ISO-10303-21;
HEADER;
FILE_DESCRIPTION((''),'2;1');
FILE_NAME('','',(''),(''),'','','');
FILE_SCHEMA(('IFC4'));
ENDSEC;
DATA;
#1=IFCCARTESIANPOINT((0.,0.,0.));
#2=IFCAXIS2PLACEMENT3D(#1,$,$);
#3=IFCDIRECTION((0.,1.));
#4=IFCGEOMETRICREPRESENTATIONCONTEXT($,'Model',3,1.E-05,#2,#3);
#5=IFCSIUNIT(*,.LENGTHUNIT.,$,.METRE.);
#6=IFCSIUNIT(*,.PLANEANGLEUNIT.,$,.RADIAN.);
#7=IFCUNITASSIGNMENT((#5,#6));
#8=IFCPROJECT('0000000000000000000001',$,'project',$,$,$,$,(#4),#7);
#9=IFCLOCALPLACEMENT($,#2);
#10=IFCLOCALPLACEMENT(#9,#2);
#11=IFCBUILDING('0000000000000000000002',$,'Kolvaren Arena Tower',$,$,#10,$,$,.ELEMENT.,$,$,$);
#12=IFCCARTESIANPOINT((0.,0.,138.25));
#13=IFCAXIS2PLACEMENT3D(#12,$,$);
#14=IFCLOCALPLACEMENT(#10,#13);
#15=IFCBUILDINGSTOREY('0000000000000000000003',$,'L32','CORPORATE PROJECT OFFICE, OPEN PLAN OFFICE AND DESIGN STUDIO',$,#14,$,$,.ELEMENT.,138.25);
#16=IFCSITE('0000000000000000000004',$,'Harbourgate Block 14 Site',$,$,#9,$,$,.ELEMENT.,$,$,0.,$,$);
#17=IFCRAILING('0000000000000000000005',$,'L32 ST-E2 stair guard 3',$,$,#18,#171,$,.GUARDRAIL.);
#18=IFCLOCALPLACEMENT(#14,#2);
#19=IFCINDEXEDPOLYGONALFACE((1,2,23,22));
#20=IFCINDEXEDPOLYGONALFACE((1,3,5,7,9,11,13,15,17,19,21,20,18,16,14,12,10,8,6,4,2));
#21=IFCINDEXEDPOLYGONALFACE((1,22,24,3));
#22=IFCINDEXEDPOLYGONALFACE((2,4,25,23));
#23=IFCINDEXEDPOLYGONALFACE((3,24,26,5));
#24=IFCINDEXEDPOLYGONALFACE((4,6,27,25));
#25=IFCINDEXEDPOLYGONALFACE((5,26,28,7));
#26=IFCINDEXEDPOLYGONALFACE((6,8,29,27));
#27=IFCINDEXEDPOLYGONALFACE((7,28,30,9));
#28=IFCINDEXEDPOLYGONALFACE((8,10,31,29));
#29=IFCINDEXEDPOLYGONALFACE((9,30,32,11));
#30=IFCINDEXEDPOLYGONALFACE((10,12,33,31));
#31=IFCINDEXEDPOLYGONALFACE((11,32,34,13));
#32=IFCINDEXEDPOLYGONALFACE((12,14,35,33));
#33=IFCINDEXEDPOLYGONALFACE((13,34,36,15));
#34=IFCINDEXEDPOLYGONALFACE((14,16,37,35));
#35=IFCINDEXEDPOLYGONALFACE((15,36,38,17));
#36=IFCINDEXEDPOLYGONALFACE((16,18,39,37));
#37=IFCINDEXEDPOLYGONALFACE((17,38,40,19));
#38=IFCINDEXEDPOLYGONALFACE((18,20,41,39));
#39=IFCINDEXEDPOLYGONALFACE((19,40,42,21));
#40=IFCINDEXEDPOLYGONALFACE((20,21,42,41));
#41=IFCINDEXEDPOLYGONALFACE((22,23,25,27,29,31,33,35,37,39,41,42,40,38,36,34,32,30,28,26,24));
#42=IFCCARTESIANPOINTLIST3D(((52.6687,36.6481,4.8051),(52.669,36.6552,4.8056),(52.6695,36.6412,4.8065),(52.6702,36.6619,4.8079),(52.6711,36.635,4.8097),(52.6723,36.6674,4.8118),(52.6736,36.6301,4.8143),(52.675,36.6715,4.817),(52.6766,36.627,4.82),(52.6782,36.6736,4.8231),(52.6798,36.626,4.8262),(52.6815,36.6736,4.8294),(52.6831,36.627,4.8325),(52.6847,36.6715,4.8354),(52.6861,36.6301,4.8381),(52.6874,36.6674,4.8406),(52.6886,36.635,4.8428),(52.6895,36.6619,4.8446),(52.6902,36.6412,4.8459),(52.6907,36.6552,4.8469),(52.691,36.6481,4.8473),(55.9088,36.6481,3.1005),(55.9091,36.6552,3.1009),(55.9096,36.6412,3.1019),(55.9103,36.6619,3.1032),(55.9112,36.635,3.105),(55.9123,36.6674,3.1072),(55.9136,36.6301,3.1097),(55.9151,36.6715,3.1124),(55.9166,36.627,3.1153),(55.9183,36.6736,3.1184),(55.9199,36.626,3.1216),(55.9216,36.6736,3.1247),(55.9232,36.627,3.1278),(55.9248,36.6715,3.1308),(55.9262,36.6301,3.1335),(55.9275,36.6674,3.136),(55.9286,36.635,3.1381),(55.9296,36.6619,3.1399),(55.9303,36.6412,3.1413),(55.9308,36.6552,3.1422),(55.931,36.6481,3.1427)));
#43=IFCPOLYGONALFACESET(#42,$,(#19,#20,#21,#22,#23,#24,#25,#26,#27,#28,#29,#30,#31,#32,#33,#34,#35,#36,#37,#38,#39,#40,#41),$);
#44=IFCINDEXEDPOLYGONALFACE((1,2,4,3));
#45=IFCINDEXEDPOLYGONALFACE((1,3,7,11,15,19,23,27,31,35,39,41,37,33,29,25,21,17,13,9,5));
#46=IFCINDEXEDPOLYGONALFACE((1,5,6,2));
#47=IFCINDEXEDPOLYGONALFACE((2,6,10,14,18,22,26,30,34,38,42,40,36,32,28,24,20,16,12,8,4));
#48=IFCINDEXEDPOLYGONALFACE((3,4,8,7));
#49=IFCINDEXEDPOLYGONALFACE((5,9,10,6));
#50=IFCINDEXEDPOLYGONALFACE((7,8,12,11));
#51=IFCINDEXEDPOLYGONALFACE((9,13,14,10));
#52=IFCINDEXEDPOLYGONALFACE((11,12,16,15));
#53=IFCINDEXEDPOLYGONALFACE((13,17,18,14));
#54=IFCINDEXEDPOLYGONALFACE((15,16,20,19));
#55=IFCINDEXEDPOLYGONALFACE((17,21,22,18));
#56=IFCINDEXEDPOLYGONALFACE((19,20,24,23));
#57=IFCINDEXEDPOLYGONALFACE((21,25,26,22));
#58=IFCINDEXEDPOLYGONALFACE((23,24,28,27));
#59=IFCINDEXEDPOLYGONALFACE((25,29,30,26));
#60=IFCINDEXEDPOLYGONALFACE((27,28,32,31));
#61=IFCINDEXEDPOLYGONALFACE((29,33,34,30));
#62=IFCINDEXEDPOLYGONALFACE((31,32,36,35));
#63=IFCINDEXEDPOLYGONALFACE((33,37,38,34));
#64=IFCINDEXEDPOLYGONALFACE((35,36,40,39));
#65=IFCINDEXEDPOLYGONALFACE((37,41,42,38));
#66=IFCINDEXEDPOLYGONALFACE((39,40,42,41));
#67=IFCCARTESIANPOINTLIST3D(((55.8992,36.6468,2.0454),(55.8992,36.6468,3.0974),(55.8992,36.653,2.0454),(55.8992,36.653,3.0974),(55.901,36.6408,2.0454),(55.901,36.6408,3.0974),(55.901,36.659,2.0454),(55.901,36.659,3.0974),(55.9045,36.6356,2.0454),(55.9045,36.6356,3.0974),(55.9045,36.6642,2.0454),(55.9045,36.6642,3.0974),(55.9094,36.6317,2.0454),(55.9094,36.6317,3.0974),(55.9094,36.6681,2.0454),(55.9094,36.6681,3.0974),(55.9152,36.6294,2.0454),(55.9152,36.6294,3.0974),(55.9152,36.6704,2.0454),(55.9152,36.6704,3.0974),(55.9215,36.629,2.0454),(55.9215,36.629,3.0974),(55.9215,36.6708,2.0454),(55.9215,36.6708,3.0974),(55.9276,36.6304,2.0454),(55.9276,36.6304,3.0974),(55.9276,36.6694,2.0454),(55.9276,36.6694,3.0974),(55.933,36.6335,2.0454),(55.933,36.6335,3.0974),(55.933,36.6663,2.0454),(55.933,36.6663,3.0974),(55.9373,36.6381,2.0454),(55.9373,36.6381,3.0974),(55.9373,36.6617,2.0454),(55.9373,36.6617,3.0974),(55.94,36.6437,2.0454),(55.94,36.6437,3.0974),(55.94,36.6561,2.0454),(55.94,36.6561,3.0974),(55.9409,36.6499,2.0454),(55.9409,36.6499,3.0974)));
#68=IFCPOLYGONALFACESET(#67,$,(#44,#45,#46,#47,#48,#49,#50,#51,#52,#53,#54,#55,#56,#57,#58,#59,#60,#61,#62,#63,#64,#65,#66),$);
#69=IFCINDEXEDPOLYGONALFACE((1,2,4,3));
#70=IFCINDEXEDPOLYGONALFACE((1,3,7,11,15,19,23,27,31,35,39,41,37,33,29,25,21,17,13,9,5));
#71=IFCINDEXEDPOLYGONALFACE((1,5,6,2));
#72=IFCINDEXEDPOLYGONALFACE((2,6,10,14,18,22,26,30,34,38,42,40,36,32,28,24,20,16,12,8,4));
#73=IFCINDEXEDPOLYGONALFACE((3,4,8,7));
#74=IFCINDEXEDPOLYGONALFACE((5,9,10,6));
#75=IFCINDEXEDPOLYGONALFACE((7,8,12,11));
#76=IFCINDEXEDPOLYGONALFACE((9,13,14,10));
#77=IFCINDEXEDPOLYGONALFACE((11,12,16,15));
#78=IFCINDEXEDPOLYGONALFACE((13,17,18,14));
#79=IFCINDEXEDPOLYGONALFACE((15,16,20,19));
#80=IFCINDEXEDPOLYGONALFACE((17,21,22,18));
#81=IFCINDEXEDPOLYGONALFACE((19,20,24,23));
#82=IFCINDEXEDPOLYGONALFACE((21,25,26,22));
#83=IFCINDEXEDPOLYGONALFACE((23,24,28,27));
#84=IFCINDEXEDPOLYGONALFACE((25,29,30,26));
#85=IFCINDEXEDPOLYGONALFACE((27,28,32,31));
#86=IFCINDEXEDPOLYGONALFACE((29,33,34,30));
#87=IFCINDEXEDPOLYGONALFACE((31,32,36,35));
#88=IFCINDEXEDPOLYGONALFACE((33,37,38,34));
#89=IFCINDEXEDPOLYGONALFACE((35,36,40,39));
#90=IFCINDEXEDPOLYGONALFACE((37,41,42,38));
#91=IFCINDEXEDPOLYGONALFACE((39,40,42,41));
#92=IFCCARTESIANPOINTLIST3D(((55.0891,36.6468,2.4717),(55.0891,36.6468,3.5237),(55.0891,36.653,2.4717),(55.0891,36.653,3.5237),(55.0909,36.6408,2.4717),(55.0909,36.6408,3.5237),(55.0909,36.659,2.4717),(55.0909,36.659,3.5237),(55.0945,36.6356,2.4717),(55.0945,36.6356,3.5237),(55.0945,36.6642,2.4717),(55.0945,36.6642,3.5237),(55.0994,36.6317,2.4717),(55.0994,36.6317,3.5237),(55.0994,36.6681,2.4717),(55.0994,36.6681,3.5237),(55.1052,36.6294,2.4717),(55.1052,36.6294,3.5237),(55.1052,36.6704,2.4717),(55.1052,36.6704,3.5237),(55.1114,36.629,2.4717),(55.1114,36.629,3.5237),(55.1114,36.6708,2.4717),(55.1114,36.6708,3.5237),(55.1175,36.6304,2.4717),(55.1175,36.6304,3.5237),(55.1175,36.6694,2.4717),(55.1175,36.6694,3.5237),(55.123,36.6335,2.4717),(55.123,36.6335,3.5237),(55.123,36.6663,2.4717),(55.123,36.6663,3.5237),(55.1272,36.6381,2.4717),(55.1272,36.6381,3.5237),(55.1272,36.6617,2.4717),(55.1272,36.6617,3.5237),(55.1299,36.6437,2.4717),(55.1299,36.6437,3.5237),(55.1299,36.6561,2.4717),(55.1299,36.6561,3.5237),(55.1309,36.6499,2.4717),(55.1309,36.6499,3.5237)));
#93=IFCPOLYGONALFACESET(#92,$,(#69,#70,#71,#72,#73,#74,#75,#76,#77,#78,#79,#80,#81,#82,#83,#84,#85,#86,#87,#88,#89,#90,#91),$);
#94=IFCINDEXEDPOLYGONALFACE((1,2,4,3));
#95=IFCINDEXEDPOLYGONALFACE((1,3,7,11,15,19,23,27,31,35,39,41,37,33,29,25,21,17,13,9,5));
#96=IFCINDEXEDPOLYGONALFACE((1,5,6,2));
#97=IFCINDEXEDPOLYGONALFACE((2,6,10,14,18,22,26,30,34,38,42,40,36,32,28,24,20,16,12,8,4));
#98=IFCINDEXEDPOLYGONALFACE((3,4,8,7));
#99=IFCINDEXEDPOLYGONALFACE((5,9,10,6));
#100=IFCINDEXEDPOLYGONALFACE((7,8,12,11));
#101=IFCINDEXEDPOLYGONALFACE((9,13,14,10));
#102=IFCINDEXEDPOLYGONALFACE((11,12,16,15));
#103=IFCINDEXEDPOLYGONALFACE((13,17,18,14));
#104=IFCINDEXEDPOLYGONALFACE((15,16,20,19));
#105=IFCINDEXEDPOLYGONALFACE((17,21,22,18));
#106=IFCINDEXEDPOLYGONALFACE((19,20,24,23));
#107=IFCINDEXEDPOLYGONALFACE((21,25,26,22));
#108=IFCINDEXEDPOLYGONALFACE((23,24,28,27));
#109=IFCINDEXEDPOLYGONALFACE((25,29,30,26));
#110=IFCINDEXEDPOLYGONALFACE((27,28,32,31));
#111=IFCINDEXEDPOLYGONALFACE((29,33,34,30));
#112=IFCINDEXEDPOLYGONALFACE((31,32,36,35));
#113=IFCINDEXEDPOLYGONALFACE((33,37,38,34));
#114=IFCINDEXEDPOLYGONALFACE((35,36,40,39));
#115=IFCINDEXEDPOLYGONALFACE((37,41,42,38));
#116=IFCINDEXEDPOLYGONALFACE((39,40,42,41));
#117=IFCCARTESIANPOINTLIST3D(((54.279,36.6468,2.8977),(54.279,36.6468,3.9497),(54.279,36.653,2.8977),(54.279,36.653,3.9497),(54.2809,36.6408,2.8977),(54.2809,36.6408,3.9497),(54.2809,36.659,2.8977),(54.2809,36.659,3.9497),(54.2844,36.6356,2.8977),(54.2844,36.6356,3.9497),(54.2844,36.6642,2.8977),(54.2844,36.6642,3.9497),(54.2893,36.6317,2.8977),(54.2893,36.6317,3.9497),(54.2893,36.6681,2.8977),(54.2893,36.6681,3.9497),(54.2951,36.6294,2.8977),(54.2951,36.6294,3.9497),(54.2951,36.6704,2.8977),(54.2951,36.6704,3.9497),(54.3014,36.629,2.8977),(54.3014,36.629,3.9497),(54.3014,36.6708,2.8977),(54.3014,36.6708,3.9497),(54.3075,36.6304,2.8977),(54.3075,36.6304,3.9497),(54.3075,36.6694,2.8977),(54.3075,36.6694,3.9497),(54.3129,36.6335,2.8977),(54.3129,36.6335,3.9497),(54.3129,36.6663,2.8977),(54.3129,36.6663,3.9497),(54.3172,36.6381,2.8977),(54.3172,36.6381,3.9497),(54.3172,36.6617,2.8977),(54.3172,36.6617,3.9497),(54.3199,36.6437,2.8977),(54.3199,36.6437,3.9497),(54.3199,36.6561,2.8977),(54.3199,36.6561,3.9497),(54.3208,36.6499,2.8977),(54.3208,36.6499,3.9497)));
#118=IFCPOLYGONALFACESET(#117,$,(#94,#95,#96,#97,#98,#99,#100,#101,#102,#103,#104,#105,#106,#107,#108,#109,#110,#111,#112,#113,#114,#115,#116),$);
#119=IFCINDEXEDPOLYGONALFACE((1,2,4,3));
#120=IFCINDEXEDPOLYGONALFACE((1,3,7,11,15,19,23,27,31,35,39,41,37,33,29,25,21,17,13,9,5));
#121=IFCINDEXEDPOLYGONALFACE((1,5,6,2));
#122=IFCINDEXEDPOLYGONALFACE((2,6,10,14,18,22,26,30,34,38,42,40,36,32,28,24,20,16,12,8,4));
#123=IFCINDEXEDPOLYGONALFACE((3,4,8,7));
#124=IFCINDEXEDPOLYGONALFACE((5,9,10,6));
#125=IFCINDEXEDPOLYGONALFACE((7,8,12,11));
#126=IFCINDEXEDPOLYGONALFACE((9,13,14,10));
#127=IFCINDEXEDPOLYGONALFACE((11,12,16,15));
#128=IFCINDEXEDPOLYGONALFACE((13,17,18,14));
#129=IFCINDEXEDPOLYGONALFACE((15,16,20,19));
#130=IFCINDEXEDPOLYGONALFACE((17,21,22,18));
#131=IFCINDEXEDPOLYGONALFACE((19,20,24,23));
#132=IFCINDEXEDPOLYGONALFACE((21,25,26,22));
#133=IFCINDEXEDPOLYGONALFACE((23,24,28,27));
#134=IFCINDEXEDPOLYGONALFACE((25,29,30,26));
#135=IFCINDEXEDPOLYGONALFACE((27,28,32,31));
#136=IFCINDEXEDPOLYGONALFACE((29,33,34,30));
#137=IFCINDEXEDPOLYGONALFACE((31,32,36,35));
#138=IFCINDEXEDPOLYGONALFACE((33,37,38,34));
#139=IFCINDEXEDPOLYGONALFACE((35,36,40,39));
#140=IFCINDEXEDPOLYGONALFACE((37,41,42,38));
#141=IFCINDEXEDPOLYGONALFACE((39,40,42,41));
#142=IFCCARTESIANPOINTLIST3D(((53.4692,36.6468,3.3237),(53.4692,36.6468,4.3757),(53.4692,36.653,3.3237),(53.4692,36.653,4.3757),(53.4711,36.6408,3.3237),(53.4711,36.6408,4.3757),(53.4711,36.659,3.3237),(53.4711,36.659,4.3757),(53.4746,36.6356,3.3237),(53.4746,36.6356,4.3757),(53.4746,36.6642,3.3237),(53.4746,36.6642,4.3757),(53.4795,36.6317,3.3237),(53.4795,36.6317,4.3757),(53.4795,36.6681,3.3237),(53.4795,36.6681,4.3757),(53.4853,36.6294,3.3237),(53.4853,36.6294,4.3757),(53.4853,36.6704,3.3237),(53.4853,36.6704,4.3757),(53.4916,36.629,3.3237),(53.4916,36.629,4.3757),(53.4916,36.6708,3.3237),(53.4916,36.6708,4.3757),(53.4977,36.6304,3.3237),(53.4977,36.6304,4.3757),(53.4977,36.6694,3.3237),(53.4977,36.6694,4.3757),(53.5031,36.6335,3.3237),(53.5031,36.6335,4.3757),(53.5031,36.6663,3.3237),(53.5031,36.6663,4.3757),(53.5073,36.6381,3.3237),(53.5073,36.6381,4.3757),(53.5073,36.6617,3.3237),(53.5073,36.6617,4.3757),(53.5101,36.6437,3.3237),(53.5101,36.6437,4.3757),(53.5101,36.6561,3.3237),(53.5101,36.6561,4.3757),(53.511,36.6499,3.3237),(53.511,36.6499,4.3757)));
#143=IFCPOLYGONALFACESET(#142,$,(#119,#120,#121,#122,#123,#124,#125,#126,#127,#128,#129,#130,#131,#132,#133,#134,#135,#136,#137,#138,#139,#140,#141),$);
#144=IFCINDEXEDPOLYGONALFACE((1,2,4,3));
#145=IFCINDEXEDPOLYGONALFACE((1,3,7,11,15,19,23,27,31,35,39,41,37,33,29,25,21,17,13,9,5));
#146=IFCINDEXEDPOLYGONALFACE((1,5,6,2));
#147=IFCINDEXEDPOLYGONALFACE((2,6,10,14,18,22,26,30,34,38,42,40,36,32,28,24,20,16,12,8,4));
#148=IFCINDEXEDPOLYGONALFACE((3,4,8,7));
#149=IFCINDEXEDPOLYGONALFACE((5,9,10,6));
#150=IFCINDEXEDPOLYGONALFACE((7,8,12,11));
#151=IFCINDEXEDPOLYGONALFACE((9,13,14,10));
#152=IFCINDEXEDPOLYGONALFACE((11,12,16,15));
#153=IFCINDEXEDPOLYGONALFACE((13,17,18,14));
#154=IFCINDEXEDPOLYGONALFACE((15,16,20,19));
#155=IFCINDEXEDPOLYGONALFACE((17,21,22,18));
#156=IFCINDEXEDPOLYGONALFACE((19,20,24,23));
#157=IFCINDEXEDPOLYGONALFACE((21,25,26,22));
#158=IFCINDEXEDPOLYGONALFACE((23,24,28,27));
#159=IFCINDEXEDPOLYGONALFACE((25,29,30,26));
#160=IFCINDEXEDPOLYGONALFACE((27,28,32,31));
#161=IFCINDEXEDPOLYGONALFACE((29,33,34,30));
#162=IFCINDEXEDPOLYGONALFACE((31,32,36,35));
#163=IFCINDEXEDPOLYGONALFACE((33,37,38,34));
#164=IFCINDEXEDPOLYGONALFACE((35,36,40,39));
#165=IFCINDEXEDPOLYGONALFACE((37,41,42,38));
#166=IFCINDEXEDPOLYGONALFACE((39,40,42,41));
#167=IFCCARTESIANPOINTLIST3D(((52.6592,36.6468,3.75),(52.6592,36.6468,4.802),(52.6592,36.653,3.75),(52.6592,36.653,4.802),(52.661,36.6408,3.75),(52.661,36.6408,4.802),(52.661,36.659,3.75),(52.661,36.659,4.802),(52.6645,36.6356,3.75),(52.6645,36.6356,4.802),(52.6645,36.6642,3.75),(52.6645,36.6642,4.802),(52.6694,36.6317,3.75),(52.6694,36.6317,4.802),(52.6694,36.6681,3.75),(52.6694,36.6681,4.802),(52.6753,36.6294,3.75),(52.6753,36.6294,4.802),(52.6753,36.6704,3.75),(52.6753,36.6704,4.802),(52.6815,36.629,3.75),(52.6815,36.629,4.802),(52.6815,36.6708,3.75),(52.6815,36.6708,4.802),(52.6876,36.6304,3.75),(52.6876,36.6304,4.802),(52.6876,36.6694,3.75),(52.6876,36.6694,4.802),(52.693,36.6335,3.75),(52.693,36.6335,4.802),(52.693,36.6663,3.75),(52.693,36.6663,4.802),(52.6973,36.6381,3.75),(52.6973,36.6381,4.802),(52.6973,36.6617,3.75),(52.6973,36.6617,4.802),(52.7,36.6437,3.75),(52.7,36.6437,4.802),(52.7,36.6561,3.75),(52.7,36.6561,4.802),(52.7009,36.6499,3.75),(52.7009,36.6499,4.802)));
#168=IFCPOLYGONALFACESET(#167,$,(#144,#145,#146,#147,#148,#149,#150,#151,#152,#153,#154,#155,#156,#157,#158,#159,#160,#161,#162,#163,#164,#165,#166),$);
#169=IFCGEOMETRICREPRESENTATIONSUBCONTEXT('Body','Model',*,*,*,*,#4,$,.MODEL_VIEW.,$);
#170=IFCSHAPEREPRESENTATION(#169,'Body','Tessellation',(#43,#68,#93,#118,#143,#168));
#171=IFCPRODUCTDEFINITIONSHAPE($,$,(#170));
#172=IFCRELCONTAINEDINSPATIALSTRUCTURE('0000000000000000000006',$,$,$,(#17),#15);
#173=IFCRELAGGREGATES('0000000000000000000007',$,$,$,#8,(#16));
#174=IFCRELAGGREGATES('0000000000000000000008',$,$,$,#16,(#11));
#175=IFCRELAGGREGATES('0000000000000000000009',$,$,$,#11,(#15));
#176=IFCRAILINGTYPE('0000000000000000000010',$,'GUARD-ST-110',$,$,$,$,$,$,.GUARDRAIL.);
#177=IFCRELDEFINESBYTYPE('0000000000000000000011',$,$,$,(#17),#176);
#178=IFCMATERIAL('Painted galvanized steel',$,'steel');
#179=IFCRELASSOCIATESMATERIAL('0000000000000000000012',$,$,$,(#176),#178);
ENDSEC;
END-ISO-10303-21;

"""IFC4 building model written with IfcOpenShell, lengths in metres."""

from ifc_helpers import new_model, si_unit, direction, frame, origin, origin_2d, place, context, subcontext, project, spatial, circle, extrude, material, type_object, element, save


model = new_model("IFC4")

# Units and contexts
model_context = context("Model", 3, precision=1e-05, world=origin(), true_north=direction((0.0, 1.0)))
body_context = subcontext(model_context, "Body", "Model", "MODEL_VIEW")
ifc_project = project(units=[si_unit("LENGTHUNIT", "METRE"), si_unit("PLANEANGLEUNIT", "RADIAN")], contexts=[model_context])

# Site, building, storey
site_placement = place(None, origin())
site = spatial("IfcSite", under=ifc_project, at=site_placement, Name="Harbourgate Block 14 Site", CompositionType="ELEMENT", RefElevation=0.0)
building_placement = place(site_placement, origin())
building = spatial("IfcBuilding", under=site, at=building_placement, Name="Kolvaren Arena Tower", CompositionType="ELEMENT")
storey_placement = place(building_placement, frame((0.0, 0.0, 138.25)))
storey = spatial("IfcBuildingStorey", under=building, at=storey_placement, Name="L32", Description="CORPORATE PROJECT OFFICE, OPEN PLAN OFFICE AND DESIGN STUDIO", CompositionType="ELEMENT", Elevation=138.25)

# Railing
ifc_material_1 = material(Name="Painted galvanized steel", Category="steel")
railing_type_1 = type_object("IfcRailingType", Name="GUARD-ST-110", PredefinedType="GUARDRAIL", material=ifc_material_1)
railing_1_placement = place(storey_placement, frame((55.9199, 36.6499, 2.0454)))
element("IfcRailing", 1, at=railing_1_placement, inside=storey, type_object=railing_type_1, Name="L32 ST-E2 stair guard 3", PredefinedType="GUARDRAIL", context=body_context, shape_type="SweptSolid", body=[
    extrude(circle(Radius=0.0239, at=origin_2d()), frame((0.0, 0.0, 1.0762), z_axis=(-0.884993, 0.0, 0.465604), x_axis=(0.0, -1.0, 0.0)), (0.0, 0.0, 1.0), 3.6611),
    extrude(circle(Radius=0.021, at=origin_2d()), origin(), (0.0, 0.0, 1.0), 1.052),
    extrude(circle(Radius=0.021, at=origin_2d()), frame((-0.8101, 0.0, 0.4263)), (0.0, 0.0, 1.0), 1.052),
    extrude(circle(Radius=0.021, at=origin_2d()), frame((-1.6201, 0.0, 0.8523)), (0.0, 0.0, 1.0), 1.052),
    extrude(circle(Radius=0.021, at=origin_2d()), frame((-2.4299, 0.0, 1.2783)), (0.0, 0.0, 1.0), 1.052),
    extrude(circle(Radius=0.021, at=origin_2d()), frame((-3.24, 0.0, 1.7046)), (0.0, 0.0, 1.0), 1.052),
])

save(model, "model.ifc")
